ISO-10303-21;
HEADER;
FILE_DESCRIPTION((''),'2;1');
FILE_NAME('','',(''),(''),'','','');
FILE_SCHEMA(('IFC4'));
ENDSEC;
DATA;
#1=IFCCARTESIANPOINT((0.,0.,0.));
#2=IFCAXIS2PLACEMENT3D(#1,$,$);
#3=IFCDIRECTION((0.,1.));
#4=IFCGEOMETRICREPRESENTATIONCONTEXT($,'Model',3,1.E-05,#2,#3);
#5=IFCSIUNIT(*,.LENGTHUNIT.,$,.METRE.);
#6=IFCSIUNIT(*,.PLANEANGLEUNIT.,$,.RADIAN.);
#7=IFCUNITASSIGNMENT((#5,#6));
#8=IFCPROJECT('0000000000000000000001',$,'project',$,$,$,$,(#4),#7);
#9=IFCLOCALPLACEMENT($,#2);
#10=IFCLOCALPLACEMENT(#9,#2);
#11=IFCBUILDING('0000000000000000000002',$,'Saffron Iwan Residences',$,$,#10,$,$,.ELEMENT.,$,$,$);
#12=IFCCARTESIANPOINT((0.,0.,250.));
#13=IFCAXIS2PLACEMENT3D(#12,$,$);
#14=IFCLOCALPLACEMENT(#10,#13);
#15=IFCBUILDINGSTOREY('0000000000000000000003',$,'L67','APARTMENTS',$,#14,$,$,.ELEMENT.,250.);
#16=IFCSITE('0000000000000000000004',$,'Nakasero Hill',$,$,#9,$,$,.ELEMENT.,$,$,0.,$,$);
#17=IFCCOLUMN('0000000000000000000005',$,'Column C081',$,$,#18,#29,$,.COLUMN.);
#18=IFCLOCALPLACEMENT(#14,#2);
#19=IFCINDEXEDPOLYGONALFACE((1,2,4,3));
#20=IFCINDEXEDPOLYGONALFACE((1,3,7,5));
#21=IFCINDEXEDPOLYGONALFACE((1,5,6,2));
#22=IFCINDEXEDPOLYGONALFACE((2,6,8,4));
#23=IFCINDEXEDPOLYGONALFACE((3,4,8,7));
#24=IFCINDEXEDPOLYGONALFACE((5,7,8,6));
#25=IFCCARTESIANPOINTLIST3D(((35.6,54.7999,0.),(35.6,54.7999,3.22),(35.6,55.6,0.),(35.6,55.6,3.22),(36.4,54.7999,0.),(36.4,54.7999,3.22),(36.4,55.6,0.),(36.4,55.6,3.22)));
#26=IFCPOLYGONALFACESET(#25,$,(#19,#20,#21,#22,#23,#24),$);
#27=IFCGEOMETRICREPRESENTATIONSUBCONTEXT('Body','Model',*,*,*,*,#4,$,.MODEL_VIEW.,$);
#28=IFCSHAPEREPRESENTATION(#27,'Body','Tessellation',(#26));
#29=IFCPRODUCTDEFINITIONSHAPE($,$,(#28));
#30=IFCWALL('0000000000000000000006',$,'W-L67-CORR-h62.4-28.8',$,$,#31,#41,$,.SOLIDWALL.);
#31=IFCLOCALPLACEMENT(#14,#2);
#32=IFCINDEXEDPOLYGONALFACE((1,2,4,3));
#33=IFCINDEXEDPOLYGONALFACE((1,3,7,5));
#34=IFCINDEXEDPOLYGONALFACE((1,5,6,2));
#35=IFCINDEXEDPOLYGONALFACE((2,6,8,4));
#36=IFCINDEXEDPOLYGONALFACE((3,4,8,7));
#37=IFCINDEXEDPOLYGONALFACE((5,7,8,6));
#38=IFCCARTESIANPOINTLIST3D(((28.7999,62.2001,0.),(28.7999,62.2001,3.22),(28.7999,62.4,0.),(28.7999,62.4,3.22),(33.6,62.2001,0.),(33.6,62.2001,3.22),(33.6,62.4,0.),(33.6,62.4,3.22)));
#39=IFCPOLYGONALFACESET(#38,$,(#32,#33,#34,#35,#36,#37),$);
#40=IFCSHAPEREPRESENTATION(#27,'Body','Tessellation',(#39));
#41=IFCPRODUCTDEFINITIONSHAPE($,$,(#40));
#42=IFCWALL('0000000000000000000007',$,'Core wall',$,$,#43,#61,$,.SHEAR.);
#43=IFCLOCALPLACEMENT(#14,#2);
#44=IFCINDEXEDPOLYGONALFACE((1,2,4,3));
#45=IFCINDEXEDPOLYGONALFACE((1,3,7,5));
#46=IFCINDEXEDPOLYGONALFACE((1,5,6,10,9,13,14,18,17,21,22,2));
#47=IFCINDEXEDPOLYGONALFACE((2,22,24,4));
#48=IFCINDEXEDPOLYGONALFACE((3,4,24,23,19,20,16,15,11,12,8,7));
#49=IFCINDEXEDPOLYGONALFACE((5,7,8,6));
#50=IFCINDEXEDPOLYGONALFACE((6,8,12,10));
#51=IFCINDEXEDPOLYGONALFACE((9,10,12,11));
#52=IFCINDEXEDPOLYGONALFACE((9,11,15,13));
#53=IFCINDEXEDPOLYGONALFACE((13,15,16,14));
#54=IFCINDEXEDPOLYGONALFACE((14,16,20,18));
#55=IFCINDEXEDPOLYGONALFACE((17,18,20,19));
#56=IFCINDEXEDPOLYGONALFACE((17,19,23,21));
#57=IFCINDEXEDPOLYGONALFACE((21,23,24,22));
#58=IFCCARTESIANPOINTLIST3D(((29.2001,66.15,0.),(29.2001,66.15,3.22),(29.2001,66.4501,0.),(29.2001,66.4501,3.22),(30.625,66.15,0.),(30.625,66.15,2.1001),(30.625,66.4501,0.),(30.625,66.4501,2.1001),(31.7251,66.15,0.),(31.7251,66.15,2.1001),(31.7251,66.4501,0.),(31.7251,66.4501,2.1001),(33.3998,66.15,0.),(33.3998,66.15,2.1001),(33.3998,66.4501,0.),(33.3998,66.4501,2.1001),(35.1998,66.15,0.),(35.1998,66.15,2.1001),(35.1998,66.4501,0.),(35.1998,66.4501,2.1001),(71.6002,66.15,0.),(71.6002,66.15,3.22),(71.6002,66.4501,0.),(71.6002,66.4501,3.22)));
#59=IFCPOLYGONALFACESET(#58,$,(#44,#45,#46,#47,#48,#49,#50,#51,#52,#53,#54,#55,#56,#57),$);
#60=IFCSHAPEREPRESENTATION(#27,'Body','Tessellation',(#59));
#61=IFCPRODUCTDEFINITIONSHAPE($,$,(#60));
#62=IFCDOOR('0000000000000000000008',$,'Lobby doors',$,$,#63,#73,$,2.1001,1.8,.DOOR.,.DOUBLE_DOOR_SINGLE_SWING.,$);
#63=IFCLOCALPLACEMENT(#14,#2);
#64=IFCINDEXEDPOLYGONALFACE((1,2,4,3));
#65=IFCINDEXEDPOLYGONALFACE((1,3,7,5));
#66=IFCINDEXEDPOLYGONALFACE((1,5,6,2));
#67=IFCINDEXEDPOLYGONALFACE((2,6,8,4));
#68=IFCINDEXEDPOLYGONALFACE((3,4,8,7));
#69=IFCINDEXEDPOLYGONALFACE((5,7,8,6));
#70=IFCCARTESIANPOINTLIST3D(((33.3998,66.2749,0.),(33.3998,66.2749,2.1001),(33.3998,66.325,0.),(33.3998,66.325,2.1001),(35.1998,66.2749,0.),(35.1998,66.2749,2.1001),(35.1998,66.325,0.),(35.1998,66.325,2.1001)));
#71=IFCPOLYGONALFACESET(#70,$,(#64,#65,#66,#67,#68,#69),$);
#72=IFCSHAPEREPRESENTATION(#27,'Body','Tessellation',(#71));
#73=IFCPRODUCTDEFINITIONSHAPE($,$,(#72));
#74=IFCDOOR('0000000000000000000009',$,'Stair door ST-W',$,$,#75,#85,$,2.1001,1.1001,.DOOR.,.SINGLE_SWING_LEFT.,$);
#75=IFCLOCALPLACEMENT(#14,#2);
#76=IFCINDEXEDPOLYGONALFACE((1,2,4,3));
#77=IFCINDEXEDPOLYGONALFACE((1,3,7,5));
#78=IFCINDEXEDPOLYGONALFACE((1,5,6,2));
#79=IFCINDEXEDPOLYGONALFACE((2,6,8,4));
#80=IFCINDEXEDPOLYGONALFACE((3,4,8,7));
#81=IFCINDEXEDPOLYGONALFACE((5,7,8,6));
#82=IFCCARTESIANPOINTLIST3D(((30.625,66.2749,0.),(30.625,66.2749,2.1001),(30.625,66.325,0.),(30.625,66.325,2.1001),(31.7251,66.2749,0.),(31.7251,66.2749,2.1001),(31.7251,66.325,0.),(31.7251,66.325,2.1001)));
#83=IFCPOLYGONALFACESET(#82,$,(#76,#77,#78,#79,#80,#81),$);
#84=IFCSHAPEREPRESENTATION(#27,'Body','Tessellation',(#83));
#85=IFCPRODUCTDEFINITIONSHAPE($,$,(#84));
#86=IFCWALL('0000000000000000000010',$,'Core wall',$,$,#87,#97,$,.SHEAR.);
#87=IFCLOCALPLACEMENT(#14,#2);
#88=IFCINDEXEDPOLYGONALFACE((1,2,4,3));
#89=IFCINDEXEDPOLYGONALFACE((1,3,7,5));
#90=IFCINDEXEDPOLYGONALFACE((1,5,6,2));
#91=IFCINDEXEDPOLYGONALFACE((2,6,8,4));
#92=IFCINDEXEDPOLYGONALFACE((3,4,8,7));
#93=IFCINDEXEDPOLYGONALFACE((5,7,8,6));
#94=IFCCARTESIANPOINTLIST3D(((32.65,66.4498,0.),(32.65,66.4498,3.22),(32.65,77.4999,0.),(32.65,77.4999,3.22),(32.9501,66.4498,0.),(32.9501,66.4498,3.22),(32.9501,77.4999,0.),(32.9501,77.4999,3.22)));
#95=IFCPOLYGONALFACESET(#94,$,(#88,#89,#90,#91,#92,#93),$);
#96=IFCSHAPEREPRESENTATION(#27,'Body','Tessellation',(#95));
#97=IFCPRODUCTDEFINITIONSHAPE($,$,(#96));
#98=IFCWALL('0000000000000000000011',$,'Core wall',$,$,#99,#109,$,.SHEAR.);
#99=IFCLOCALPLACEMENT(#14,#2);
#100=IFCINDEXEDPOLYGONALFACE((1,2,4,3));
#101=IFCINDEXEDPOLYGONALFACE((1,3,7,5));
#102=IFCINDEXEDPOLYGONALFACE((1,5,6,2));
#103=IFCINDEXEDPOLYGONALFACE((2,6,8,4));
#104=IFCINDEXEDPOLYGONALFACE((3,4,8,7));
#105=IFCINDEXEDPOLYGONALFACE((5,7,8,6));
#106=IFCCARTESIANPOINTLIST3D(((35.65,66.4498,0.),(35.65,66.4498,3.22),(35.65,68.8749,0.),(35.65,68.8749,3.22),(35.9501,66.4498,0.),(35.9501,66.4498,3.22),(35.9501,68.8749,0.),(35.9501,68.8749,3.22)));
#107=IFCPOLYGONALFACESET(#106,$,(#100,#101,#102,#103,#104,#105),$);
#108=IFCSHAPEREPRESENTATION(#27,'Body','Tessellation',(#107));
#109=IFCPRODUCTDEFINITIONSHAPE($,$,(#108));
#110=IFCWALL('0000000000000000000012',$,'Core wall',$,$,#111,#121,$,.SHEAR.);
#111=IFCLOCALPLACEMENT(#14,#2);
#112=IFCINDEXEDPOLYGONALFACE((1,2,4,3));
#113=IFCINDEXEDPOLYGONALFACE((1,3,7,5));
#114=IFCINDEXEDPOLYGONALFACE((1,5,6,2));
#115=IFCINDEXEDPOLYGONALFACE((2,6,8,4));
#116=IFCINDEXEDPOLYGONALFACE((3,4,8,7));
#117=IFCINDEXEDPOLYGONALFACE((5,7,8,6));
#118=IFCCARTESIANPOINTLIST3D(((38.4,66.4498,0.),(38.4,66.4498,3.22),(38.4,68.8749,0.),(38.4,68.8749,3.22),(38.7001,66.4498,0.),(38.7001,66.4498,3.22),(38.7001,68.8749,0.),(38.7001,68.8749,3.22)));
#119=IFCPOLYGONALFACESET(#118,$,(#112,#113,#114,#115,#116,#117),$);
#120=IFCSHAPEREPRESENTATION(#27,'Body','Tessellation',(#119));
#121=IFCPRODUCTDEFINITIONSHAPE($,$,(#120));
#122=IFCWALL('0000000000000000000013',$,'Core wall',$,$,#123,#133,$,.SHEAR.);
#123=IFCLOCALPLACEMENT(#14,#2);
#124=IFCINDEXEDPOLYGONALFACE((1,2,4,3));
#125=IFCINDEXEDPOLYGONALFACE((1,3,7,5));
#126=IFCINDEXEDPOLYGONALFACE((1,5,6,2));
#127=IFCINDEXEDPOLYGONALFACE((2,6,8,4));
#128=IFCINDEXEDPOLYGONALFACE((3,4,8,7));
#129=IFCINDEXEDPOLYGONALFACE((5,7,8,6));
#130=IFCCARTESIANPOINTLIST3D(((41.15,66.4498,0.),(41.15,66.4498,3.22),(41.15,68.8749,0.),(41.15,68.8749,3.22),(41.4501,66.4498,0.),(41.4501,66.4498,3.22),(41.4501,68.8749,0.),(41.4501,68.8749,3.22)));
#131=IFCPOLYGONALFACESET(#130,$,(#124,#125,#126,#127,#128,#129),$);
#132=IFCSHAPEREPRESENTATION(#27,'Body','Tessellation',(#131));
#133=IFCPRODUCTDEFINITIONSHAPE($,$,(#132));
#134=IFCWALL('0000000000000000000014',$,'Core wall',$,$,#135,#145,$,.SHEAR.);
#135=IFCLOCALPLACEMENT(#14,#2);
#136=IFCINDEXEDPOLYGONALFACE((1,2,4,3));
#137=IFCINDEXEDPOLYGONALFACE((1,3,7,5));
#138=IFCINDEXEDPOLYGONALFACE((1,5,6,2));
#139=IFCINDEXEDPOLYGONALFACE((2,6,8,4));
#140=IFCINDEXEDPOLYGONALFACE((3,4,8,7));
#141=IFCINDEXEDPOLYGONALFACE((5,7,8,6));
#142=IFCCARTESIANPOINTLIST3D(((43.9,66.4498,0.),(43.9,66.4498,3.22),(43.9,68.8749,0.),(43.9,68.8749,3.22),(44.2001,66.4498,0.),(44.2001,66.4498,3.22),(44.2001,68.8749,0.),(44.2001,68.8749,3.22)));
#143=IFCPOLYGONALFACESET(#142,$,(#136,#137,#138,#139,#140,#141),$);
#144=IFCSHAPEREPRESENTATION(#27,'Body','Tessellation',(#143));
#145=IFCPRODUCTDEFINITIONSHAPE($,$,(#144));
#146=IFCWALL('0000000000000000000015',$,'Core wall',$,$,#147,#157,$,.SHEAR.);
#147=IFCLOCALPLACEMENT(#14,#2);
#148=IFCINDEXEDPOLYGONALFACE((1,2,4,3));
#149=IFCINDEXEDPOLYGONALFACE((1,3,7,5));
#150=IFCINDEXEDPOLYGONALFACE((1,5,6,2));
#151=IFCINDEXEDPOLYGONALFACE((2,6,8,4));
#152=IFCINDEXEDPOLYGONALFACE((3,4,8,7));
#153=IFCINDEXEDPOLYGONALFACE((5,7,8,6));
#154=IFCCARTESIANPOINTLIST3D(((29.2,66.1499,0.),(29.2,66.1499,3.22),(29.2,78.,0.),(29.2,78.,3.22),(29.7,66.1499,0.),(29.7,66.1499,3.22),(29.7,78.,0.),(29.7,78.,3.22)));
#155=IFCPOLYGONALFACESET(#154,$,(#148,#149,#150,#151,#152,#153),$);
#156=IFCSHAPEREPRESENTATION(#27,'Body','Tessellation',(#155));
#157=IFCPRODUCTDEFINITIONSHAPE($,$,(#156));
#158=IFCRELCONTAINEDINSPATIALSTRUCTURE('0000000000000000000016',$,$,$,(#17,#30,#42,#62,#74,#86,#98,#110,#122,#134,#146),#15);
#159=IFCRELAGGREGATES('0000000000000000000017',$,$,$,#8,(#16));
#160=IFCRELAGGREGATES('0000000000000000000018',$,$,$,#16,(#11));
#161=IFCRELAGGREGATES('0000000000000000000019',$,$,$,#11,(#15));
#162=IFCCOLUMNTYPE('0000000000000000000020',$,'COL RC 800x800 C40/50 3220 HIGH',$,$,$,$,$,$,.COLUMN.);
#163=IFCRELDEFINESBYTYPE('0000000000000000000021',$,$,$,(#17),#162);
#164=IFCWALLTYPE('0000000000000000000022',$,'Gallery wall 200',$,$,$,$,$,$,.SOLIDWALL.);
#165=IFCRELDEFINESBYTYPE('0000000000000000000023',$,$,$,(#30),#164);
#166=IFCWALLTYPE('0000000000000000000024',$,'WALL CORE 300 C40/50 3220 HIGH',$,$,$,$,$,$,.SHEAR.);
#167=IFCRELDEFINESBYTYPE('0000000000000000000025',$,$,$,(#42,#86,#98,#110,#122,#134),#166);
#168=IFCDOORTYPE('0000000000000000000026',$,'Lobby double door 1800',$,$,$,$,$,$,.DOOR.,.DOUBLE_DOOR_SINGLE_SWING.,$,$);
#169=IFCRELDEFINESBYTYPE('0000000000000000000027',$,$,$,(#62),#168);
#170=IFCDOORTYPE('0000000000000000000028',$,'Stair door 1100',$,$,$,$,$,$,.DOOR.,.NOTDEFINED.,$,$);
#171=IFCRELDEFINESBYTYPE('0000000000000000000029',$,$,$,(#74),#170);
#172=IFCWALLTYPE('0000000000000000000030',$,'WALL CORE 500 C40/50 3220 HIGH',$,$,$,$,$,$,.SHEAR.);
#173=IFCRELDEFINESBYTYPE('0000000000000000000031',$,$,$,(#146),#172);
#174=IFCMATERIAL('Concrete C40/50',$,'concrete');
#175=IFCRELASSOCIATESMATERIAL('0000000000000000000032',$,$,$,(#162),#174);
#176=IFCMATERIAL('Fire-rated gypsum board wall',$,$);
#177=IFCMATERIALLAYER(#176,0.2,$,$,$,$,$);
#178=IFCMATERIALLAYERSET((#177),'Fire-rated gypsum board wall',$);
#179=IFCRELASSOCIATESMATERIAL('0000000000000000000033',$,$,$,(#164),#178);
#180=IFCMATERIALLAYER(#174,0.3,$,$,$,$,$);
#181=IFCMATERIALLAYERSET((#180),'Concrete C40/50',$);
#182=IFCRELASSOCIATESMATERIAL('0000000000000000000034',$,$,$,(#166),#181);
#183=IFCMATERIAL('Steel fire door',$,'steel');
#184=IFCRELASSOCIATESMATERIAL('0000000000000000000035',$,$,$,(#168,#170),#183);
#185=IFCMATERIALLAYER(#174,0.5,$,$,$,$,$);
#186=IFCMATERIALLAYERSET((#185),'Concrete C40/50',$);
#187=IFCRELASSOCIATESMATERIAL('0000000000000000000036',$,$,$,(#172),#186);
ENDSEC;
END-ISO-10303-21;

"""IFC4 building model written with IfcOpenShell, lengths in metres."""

from ifc_helpers import new_model, si_unit, direction, frame, frame_2d, origin, origin_2d, place, context, subcontext, project, spatial, rectangle, extrude, source, transform, mapped, material, layer, layer_set, material_profile, profile_set, type_object, element, fill, save


model = new_model("IFC4")

# Units and contexts
model_context = context("Model", 3, precision=1e-05, world=origin(), true_north=direction((0.0, 1.0)))
body_context = subcontext(model_context, "Body", "Model", "MODEL_VIEW")
ifc_project = project(units=[si_unit("LENGTHUNIT", "METRE"), si_unit("PLANEANGLEUNIT", "RADIAN")], contexts=[model_context])

# Site, building, storey
site_placement = place(None, origin())
site = spatial("IfcSite", under=ifc_project, at=site_placement, Name="Nakasero Hill", CompositionType="ELEMENT", RefElevation=0.0)
building_placement = place(site_placement, origin())
building = spatial("IfcBuilding", under=site, at=building_placement, Name="Saffron Iwan Residences", CompositionType="ELEMENT")
storey_placement = place(building_placement, frame((0.0, 0.0, 250.0)))
storey = spatial("IfcBuildingStorey", under=building, at=storey_placement, Name="L67", Description="APARTMENTS", CompositionType="ELEMENT", Elevation=250.0)

# Column
ifc_material_1 = material(Name="Concrete C40/50", Category="concrete")
ifc_material_profile = material_profile(ifc_material_1, rectangle(XDim=0.8, YDim=0.8, at=origin_2d()), Name="RC 800x800")
ifc_profile_set = profile_set([ifc_material_profile], Name="Concrete C40/50")
column_type = type_object("IfcColumnType", Name="COL RC 800x800 C40/50 3220 HIGH", PredefinedType="COLUMN", material=ifc_profile_set)
shared_shape = source(origin(), body_context, "Body", "SweptSolid", [
    extrude(rectangle(XDim=0.8, YDim=0.8, at=origin_2d()), origin(), (0.0, 0.0, 1.0), 3.22),
])
column_placement = place(storey_placement, frame((36.0, 55.2, 0.0), z_axis=(0.0, 0.0, 1.0), x_axis=(1.0, 0.0, 0.0)))
element("IfcColumn", 1, at=column_placement, inside=storey, type_object=column_type, Name="Column C081", PredefinedType="COLUMN", context=body_context, shape_type="MappedRepresentation", body=[
    mapped(shared_shape, transform((0.0, 0.0, 0.0))),
])

# Wall
ifc_material_2 = material(Name="Fire-rated gypsum board wall")
ifc_layer_1 = layer(ifc_material_2, 0.2)
ifc_layer_set_1 = layer_set([ifc_layer_1], Name="Fire-rated gypsum board wall")
wall_type_1 = type_object("IfcWallType", Name="Gallery wall 200", PredefinedType="SOLIDWALL", material=ifc_layer_set_1)
wall_1_placement = place(storey_placement, frame((28.8, 62.3, 0.0), z_axis=(0.0, 0.0, 1.0), x_axis=(1.0, 0.0, 0.0)))
element("IfcWall", 2, at=wall_1_placement, inside=storey, type_object=wall_type_1, Name="W-L67-CORR-h62.4-28.8", PredefinedType="SOLIDWALL", context=body_context, shape_type="SweptSolid", body=[
    extrude(rectangle(XDim=4.8, YDim=0.2, at=frame_2d((2.3999, 0.0))), origin(), (0.0, 0.0, 1.0), 3.22),
])

# Wall, openings, doors
ifc_layer_2 = layer(ifc_material_1, 0.3)
ifc_layer_set_2 = layer_set([ifc_layer_2], Name="Concrete C40/50")
wall_type_2 = type_object("IfcWallType", Name="WALL CORE 300 C40/50 3220 HIGH", PredefinedType="SHEAR", material=ifc_layer_set_2)
wall_2_placement = place(storey_placement, frame((29.2, 66.3, 0.0), z_axis=(0.0, 0.0, 1.0), x_axis=(1.0, 0.0, 0.0)))
wall_2 = element("IfcWall", 3, at=wall_2_placement, inside=storey, type_object=wall_type_2, Name="Core wall", PredefinedType="SHEAR", context=body_context, shape_type="SweptSolid", body=[
    extrude(rectangle(XDim=42.4001, YDim=0.3, at=frame_2d((21.2002, 0.0))), origin(), (0.0, 0.0, 1.0), 3.22),
])
opening_1_placement = place(wall_2_placement, frame((1.425, 0.0, 0.0)))
opening_1 = element("IfcOpeningElement", 4, at=opening_1_placement, cuts=wall_2, PredefinedType="OPENING", context=body_context, shape_type="SweptSolid", body=[
    extrude(rectangle(XDim=1.1001, YDim=2.1001, at=frame_2d((0.55, 1.05))), frame((0.0, 0.1602, 0.0), z_axis=(0.0, -1.0, 0.0), x_axis=(1.0, 0.0, 0.0)), (0.0, 0.0, 1.0), 0.3201),
])
opening_2_placement = place(wall_2_placement, frame((4.2, 0.0, 0.0)))
opening_2 = element("IfcOpeningElement", 5, at=opening_2_placement, cuts=wall_2, PredefinedType="OPENING", context=body_context, shape_type="SweptSolid", body=[
    extrude(rectangle(XDim=1.8, YDim=2.1001, at=frame_2d((0.8999, 1.05))), frame((0.0, 0.1602, 0.0), z_axis=(0.0, -1.0, 0.0), x_axis=(1.0, 0.0, 0.0)), (0.0, 0.0, 1.0), 0.3201),
])
ifc_material_3 = material(Name="Steel fire door", Category="steel")
door_type_1 = type_object("IfcDoorType", Name="Lobby double door 1800", OperationType="DOUBLE_DOOR_SINGLE_SWING", PredefinedType="DOOR", material=ifc_material_3)
door_1_placement = place(opening_2_placement, origin())
door_1 = element("IfcDoor", 6, at=door_1_placement, inside=storey, type_object=door_type_1, Name="Lobby doors", OperationType="DOUBLE_DOOR_SINGLE_SWING", OverallHeight=2.1001, OverallWidth=1.8, PredefinedType="DOOR", context=body_context, shape_type="SweptSolid", body=[
    extrude(rectangle(XDim=1.8, YDim=2.1001, at=frame_2d((0.8999, 1.05))), frame((0.0, 0.0249, 0.0), z_axis=(0.0, -1.0, 0.0), x_axis=(1.0, 0.0, 0.0)), (0.0, 0.0, 1.0), 0.05),
])
fill(opening_2, door_1)
door_type_2 = type_object("IfcDoorType", Name="Stair door 1100", OperationType="NOTDEFINED", PredefinedType="DOOR", material=ifc_material_3)
door_2_placement = place(opening_1_placement, origin())
door_2 = element("IfcDoor", 7, at=door_2_placement, inside=storey, type_object=door_type_2, Name="Stair door ST-W", OperationType="SINGLE_SWING_LEFT", OverallHeight=2.1001, OverallWidth=1.1001, PredefinedType="DOOR", context=body_context, shape_type="SweptSolid", body=[
    extrude(rectangle(XDim=1.1001, YDim=2.1001, at=frame_2d((0.55, 1.05))), frame((0.0, 0.0249, 0.0), z_axis=(0.0, -1.0, 0.0), x_axis=(1.0, 0.0, 0.0)), (0.0, 0.0, 1.0), 0.05),
])
fill(opening_1, door_2)

# Walls
wall_3_placement = place(storey_placement, frame((32.8, 66.45, 0.0), z_axis=(0.0, 0.0, 1.0), x_axis=(0.0, 1.0, 0.0)))
element("IfcWall", 8, at=wall_3_placement, inside=storey, type_object=wall_type_2, Name="Core wall", PredefinedType="SHEAR", context=body_context, shape_type="SweptSolid", body=[
    extrude(rectangle(XDim=11.05, YDim=0.3, at=frame_2d((5.5249, 0.0))), origin(), (0.0, 0.0, 1.0), 3.22),
])
for number, where, z_axis, x_axis, name in (
    (9, (35.8, 66.45, 0.0), (0.0, 0.0, 1.0), (0.0, 1.0, 0.0), "Core wall"),
    (10, (38.55, 66.45, 0.0), (0.0, 0.0, 1.0), (0.0, 1.0, 0.0), "Core wall"),
    (11, (41.3, 66.45, 0.0), (0.0, 0.0, 1.0), (0.0, 1.0, 0.0), "Core wall"),
    (12, (44.05, 66.45, 0.0), (0.0, 0.0, 1.0), (0.0, 1.0, 0.0), "Core wall"),
):
    element("IfcWall", number, at=place(storey_placement, frame(where, z_axis=z_axis, x_axis=x_axis)), inside=storey, type_object=wall_type_2, Name=name, PredefinedType="SHEAR", context=body_context, shape_type="SweptSolid", body=[
        extrude(rectangle(XDim=2.425, YDim=0.3, at=frame_2d((1.2124, 0.0))), origin(), (0.0, 0.0, 1.0), 3.22),
    ])
ifc_layer_3 = layer(ifc_material_1, 0.5)
ifc_layer_set_3 = layer_set([ifc_layer_3], Name="Concrete C40/50")
wall_type_3 = type_object("IfcWallType", Name="WALL CORE 500 C40/50 3220 HIGH", PredefinedType="SHEAR", material=ifc_layer_set_3)
wall_4_placement = place(storey_placement, frame((29.45, 66.1499, 0.0), z_axis=(0.0, 0.0, 1.0), x_axis=(0.0, 1.0, 0.0)))
element("IfcWall", 13, at=wall_4_placement, inside=storey, type_object=wall_type_3, Name="Core wall", PredefinedType="SHEAR", context=body_context, shape_type="SweptSolid", body=[
    extrude(rectangle(XDim=11.8501, YDim=0.5, at=frame_2d((5.925, 0.0))), origin(), (0.0, 0.0, 1.0), 3.22),
])

save(model, "model.ifc")
